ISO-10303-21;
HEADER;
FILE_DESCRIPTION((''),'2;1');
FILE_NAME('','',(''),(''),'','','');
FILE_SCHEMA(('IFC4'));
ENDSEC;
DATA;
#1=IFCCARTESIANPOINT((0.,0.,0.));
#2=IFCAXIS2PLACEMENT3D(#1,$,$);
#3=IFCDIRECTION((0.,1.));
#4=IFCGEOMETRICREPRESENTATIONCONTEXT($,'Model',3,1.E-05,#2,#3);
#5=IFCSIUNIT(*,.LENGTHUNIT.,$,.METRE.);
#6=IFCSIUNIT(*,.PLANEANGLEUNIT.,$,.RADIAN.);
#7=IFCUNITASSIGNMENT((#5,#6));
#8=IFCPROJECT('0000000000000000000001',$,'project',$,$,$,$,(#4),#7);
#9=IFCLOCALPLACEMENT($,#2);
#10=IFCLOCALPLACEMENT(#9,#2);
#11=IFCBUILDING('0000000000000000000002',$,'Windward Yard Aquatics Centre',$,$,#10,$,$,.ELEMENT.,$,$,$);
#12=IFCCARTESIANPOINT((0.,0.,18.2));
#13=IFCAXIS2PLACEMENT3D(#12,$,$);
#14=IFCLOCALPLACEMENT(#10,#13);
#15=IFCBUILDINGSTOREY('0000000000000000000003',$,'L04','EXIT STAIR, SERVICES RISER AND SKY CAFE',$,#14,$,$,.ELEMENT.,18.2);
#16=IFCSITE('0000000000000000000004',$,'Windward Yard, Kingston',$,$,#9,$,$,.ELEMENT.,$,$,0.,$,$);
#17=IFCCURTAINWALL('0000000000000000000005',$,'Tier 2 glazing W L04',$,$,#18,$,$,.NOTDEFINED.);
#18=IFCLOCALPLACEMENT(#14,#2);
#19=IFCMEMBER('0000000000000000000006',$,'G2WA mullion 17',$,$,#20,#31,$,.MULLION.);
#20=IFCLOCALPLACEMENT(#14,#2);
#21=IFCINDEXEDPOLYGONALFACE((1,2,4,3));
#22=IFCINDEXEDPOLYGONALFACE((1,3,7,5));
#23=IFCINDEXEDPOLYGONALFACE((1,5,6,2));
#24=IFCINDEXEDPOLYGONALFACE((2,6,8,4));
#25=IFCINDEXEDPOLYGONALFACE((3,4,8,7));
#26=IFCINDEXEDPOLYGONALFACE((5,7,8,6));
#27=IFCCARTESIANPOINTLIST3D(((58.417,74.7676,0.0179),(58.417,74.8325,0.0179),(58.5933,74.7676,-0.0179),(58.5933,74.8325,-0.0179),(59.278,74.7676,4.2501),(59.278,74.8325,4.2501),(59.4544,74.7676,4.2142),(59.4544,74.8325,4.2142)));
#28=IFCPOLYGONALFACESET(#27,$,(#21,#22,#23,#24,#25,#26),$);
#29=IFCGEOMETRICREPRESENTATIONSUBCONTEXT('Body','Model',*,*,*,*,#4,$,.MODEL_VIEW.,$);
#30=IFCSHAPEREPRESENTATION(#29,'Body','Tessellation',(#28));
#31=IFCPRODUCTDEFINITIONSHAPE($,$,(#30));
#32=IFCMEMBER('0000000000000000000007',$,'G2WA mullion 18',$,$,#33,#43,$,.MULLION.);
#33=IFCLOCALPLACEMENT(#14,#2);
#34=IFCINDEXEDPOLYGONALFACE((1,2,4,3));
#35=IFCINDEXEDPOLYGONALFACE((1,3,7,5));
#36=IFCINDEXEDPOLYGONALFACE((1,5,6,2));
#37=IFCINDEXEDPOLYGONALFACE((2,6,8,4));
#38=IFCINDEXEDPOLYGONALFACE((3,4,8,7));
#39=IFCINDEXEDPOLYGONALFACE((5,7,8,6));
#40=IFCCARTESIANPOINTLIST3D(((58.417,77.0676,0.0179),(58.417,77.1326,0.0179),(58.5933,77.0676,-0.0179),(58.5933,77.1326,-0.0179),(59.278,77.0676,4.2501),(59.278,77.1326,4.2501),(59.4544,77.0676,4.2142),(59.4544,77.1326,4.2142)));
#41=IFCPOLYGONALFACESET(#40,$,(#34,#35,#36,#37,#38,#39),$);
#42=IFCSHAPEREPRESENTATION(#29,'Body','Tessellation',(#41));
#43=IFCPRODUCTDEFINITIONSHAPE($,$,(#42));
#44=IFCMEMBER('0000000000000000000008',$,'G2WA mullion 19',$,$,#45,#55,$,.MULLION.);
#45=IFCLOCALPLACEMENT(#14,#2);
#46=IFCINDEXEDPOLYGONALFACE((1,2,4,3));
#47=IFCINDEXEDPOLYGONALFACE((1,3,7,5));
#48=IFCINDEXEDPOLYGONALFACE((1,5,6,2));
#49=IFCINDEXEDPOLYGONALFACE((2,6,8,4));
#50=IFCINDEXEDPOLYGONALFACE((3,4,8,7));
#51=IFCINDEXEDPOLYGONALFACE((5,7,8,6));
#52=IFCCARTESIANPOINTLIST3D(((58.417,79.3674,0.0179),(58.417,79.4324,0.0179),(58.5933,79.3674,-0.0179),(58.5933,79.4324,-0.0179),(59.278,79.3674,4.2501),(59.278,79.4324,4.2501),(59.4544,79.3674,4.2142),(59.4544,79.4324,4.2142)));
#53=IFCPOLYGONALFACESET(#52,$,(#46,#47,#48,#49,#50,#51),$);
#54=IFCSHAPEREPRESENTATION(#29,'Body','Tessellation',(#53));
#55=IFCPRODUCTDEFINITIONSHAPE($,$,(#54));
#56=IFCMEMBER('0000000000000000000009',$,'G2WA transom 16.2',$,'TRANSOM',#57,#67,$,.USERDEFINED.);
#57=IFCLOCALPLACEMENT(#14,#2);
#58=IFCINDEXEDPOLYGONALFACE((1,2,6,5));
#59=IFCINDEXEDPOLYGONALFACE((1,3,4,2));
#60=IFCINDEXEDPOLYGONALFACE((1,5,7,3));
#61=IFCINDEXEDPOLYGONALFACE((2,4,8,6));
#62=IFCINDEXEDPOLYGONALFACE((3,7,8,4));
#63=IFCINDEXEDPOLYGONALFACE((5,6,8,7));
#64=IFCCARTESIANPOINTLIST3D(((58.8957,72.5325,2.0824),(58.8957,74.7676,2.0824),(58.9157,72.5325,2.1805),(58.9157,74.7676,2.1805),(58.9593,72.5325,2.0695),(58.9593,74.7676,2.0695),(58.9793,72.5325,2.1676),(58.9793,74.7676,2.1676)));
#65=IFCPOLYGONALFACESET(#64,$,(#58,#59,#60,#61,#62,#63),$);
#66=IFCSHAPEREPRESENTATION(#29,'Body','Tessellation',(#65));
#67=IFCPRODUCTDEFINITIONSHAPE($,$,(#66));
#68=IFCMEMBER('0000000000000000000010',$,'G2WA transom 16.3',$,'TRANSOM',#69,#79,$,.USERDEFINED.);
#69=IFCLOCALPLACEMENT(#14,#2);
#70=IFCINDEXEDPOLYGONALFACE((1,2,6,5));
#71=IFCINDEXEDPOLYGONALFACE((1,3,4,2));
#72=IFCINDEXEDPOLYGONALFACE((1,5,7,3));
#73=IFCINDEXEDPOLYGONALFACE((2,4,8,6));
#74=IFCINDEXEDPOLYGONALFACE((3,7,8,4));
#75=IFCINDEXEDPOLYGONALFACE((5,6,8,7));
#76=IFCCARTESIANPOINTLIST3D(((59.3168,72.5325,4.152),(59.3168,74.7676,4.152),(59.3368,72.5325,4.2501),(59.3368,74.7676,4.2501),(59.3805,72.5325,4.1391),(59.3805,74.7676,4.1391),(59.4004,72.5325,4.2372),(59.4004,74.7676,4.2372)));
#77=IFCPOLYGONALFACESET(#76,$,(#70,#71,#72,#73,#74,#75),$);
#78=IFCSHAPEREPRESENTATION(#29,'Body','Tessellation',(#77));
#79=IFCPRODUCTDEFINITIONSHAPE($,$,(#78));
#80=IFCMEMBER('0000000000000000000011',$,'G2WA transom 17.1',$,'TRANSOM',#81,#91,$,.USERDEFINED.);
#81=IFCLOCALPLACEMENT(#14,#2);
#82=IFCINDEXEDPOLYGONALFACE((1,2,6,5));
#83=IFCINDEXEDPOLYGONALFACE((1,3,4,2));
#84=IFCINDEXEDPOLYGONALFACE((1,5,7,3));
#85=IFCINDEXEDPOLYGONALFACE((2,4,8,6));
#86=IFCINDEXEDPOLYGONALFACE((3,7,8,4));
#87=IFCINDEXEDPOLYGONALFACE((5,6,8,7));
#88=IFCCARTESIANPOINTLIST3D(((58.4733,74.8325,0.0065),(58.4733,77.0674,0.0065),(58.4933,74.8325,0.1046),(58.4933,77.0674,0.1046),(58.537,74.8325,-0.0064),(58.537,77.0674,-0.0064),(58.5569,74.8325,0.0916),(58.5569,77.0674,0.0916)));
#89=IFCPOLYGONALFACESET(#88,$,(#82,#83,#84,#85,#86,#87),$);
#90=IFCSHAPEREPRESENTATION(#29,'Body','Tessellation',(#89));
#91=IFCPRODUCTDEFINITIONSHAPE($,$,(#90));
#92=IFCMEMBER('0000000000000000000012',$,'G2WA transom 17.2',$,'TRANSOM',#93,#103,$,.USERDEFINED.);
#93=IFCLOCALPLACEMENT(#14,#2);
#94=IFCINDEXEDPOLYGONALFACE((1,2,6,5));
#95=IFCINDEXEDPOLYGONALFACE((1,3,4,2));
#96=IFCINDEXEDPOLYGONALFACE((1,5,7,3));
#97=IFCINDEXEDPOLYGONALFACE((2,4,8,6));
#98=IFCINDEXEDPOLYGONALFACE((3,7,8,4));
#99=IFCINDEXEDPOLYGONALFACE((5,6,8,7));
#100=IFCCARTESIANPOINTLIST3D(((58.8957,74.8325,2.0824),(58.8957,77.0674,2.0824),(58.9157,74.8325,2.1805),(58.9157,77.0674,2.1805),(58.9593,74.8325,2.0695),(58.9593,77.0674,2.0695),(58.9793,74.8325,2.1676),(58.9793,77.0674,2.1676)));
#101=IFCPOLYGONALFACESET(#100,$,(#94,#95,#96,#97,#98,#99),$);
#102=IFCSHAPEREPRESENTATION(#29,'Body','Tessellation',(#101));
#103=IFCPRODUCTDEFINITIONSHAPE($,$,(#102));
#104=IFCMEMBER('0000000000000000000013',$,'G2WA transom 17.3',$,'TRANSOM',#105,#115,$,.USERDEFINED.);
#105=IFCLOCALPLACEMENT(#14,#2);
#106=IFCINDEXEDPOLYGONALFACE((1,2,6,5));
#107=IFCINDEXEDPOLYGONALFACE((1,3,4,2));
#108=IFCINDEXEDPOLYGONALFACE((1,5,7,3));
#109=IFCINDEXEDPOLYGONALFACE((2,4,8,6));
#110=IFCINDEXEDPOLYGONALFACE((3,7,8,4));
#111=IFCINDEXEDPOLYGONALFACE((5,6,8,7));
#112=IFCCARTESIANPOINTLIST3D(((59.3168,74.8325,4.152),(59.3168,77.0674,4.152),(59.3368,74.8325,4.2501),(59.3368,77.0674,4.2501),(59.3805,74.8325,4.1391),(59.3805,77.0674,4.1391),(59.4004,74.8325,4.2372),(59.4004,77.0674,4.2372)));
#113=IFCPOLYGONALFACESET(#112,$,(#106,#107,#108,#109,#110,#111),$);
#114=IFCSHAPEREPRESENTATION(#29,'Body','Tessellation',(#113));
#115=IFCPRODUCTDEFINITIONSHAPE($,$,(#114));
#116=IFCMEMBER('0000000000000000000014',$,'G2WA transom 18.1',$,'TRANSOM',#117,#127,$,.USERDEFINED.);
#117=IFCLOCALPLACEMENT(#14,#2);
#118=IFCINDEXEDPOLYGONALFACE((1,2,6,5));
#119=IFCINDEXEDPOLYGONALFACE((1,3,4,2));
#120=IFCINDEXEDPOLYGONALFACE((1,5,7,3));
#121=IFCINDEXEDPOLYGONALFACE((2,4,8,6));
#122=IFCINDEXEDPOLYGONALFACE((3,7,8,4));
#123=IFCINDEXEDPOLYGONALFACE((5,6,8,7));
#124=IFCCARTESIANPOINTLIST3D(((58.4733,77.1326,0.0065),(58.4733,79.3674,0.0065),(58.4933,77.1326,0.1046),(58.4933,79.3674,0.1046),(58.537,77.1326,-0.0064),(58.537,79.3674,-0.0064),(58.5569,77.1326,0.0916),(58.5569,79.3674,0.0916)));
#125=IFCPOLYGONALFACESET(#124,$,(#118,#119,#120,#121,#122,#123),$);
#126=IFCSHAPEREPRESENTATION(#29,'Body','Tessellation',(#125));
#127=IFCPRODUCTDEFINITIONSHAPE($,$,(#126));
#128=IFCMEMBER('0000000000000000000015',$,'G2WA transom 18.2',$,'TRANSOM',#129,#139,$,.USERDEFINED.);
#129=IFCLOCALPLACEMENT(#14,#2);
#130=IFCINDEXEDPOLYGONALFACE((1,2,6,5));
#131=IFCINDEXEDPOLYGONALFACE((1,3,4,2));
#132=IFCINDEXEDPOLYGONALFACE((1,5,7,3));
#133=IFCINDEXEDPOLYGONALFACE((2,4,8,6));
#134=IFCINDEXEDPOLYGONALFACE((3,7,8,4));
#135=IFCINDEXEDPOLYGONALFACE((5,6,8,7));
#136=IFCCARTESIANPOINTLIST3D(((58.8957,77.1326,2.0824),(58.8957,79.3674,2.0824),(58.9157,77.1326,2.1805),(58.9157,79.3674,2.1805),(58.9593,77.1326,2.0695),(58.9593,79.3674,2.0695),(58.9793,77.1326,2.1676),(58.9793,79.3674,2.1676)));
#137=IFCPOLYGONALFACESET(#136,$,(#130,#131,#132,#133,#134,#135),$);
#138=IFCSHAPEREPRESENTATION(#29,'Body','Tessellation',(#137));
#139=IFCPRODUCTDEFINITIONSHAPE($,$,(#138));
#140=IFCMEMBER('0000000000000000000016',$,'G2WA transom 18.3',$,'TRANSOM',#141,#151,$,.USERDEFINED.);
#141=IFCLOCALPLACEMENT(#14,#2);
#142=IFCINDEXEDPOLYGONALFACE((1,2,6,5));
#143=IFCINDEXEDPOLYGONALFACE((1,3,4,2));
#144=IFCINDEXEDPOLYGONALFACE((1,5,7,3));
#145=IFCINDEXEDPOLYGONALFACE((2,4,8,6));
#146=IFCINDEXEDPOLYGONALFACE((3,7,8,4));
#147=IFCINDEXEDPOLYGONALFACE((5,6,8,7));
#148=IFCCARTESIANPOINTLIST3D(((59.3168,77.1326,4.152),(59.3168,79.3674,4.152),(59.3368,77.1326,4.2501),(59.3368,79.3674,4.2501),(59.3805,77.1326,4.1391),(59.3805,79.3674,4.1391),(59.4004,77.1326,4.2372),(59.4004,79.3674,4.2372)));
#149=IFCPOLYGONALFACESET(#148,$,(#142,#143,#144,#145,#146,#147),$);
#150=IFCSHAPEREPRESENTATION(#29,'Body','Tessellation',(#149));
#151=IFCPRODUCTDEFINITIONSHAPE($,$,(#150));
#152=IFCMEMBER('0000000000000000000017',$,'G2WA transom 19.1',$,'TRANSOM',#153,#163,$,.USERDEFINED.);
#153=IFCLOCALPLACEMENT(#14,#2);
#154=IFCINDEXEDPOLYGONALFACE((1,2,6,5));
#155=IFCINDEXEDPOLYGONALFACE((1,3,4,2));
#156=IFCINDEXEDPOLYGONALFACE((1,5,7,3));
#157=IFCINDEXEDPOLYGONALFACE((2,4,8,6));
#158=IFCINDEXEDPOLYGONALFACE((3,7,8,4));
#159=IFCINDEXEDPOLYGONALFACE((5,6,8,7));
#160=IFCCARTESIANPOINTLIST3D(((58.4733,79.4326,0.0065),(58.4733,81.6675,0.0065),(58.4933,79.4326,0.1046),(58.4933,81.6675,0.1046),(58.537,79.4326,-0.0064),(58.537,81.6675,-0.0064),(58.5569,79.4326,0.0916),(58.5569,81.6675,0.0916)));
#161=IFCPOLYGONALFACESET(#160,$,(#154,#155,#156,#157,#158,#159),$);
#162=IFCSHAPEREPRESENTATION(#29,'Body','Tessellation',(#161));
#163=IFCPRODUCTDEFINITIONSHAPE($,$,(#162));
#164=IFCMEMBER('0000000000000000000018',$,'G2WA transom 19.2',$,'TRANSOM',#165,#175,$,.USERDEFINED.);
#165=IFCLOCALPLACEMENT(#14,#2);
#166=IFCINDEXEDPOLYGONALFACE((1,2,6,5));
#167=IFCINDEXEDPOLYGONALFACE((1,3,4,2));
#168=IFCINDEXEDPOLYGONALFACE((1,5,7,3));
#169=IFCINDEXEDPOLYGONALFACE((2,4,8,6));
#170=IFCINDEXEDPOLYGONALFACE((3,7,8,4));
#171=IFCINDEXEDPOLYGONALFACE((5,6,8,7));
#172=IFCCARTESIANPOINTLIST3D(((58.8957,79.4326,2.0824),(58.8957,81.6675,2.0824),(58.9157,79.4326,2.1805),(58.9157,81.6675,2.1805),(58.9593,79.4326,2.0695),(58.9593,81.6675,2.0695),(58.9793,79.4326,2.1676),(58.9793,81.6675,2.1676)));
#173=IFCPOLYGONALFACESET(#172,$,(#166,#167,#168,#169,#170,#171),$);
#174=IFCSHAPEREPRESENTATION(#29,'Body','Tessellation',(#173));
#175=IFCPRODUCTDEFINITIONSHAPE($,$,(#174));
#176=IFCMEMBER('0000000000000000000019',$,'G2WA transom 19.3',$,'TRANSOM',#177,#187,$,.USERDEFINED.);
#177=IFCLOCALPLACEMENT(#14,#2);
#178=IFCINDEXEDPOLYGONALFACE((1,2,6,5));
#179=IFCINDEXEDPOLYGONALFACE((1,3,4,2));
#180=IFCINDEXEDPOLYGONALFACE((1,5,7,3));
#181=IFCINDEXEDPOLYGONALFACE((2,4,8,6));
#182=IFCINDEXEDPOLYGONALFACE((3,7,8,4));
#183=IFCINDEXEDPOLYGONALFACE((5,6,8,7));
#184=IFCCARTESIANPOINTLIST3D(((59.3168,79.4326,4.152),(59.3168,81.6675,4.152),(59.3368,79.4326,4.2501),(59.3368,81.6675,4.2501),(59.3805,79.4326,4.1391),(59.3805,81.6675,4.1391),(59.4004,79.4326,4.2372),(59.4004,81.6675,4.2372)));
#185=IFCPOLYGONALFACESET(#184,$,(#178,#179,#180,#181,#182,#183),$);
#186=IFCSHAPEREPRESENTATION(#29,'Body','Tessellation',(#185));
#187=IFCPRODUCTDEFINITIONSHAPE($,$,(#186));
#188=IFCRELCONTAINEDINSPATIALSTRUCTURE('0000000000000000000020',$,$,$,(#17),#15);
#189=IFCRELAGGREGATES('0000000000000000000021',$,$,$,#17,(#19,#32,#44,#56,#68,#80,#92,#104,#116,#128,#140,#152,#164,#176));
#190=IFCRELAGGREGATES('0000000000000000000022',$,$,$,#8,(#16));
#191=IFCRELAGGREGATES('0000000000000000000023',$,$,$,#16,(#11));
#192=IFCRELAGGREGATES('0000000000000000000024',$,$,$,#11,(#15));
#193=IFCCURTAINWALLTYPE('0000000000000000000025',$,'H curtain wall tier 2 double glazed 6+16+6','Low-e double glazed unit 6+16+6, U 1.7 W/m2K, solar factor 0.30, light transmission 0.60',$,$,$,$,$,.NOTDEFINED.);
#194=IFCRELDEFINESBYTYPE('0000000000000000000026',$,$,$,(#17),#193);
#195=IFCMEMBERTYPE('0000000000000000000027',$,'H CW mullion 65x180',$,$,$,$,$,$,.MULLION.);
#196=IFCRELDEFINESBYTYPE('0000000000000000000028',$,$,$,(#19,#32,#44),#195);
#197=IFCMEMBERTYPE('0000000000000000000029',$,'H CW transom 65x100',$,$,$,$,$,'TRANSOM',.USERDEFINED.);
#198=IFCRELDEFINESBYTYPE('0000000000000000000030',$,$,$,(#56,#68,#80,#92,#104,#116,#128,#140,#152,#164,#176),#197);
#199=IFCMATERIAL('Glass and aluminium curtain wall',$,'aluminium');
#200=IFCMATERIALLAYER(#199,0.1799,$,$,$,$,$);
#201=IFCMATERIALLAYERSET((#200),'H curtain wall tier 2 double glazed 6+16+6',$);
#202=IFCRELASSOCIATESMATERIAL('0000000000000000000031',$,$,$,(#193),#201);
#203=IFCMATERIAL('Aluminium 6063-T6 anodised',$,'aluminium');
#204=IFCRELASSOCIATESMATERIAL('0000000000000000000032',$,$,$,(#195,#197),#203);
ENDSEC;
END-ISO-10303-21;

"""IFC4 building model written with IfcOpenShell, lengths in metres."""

from ifc_helpers import new_model, si_unit, direction, frame, origin, origin_2d, place, context, subcontext, project, spatial, rectangle, extrude, material, layer, layer_set, material_profile, profile_set, type_object, element, aggregate, save


model = new_model("IFC4")

# Units and contexts
model_context = context("Model", 3, precision=1e-05, world=origin(), true_north=direction((0.0, 1.0)))
body_context = subcontext(model_context, "Body", "Model", "MODEL_VIEW")
ifc_project = project(units=[si_unit("LENGTHUNIT", "METRE"), si_unit("PLANEANGLEUNIT", "RADIAN")], contexts=[model_context])

# Site, building, storey
site_placement = place(None, origin())
site = spatial("IfcSite", under=ifc_project, at=site_placement, Name="Windward Yard, Kingston", CompositionType="ELEMENT", RefElevation=0.0)
building_placement = place(site_placement, origin())
building = spatial("IfcBuilding", under=site, at=building_placement, Name="Windward Yard Aquatics Centre", CompositionType="ELEMENT")
storey_placement = place(building_placement, frame((0.0, 0.0, 18.2)))
storey = spatial("IfcBuildingStorey", under=building, at=storey_placement, Name="L04", Description="EXIT STAIR, SERVICES RISER AND SKY CAFE", CompositionType="ELEMENT", Elevation=18.2)

# Curtain wall, members
ifc_material_1 = material(Name="Glass and aluminium curtain wall", Category="aluminium")
ifc_layer_1 = layer(ifc_material_1, 0.1799)
ifc_layer_set_1 = layer_set([ifc_layer_1], Name="H curtain wall tier 2 double glazed 6+16+6")
curtain_wall_type = type_object("IfcCurtainWallType", Name="H curtain wall tier 2 double glazed 6+16+6", Description="Low-e double glazed unit 6+16+6, U 1.7 W/m2K, solar factor 0.30, light transmission 0.60", PredefinedType="NOTDEFINED", material=ifc_layer_set_1)
curtain_wall_placement = place(storey_placement, origin())
curtain_wall = element("IfcCurtainWall", 1, at=curtain_wall_placement, inside=storey, type_object=curtain_wall_type, Name="Tier 2 glazing W L04", PredefinedType="NOTDEFINED")
ifc_material_2 = material(Name="Aluminium 6063-T6 anodised", Category="aluminium")
ifc_material_profile_1 = material_profile(ifc_material_2, rectangle(XDim=0.0649, YDim=0.1799, at=origin_2d()), Name="H CW mullion 65x180")
ifc_profile_set_1 = profile_set([ifc_material_profile_1], Name="Aluminium 6063-T6 anodised")
member_type_1 = type_object("IfcMemberType", Name="H CW mullion 65x180", PredefinedType="MULLION", material=ifc_profile_set_1)
member_1_placement = place(storey_placement, frame((58.5051, 74.8, 0.0), z_axis=(0.199376, 0.0, 0.979923), x_axis=(0.0, 1.0, 0.0)))
member_1 = element("IfcMember", 2, at=member_1_placement, type_object=member_type_1, Name="G2WA mullion 17", PredefinedType="MULLION", context=body_context, shape_type="SweptSolid", body=[
    extrude(rectangle(XDim=0.0649, YDim=0.1799, at=origin_2d()), origin(), (0.0, 0.0, 1.0), 4.3188),
])
member_2_placement = place(storey_placement, frame((58.5051, 77.1001, 0.0), z_axis=(0.199376, 0.0, 0.979923), x_axis=(0.0, 1.0, 0.0)))
member_2 = element("IfcMember", 3, at=member_2_placement, type_object=member_type_1, Name="G2WA mullion 18", PredefinedType="MULLION", context=body_context, shape_type="SweptSolid", body=[
    extrude(rectangle(XDim=0.0649, YDim=0.1799, at=origin_2d()), origin(), (0.0, 0.0, 1.0), 4.3188),
])
member_3_placement = place(storey_placement, frame((58.5051, 79.3999, 0.0), z_axis=(0.199376, 0.0, 0.979923), x_axis=(0.0, 1.0, 0.0)))
member_3 = element("IfcMember", 4, at=member_3_placement, type_object=member_type_1, Name="G2WA mullion 19", PredefinedType="MULLION", context=body_context, shape_type="SweptSolid", body=[
    extrude(rectangle(XDim=0.0649, YDim=0.1799, at=origin_2d()), origin(), (0.0, 0.0, 1.0), 4.3188),
])
ifc_material_profile_2 = material_profile(ifc_material_2, rectangle(XDim=0.0649, YDim=0.1001, at=origin_2d()), Name="H CW transom 65x100")
ifc_profile_set_2 = profile_set([ifc_material_profile_2], Name="Aluminium 6063-T6 anodised")
member_type_2 = type_object("IfcMemberType", Name="H CW transom 65x100", ElementType="TRANSOM", PredefinedType="USERDEFINED", material=ifc_profile_set_2)
member_4_placement = place(storey_placement, frame((58.9375, 72.5325, 2.125), z_axis=(0.0, 1.0, 0.0), x_axis=(-0.979925, 0.0, 0.199368)))
member_4 = element("IfcMember", 5, at=member_4_placement, type_object=member_type_2, Name="G2WA transom 16.2", ObjectType="TRANSOM", PredefinedType="USERDEFINED", context=body_context, shape_type="SweptSolid", body=[
    extrude(rectangle(XDim=0.0649, YDim=0.1001, at=origin_2d()), origin(), (0.0, 0.0, 1.0), 2.2351),
])
member_5_placement = place(storey_placement, frame((59.3586, 72.5325, 4.1946), z_axis=(0.0, 1.0, 0.0), x_axis=(-0.979925, 0.0, 0.199368)))
member_5 = element("IfcMember", 6, at=member_5_placement, type_object=member_type_2, Name="G2WA transom 16.3", ObjectType="TRANSOM", PredefinedType="USERDEFINED", context=body_context, shape_type="SweptSolid", body=[
    extrude(rectangle(XDim=0.0649, YDim=0.1001, at=origin_2d()), origin(), (0.0, 0.0, 1.0), 2.2351),
])
member_6_placement = place(storey_placement, frame((58.5151, 74.8325, 0.0491), z_axis=(0.0, 1.0, 0.0), x_axis=(-0.979925, 0.0, 0.199368)))
member_6 = element("IfcMember", 7, at=member_6_placement, type_object=member_type_2, Name="G2WA transom 17.1", ObjectType="TRANSOM", PredefinedType="USERDEFINED", context=body_context, shape_type="SweptSolid", body=[
    extrude(rectangle(XDim=0.0649, YDim=0.1001, at=origin_2d()), origin(), (0.0, 0.0, 1.0), 2.2349),
])
member_7_placement = place(storey_placement, frame((58.9375, 74.8325, 2.125), z_axis=(0.0, 1.0, 0.0), x_axis=(-0.979925, 0.0, 0.199368)))
member_7 = element("IfcMember", 8, at=member_7_placement, type_object=member_type_2, Name="G2WA transom 17.2", ObjectType="TRANSOM", PredefinedType="USERDEFINED", context=body_context, shape_type="SweptSolid", body=[
    extrude(rectangle(XDim=0.0649, YDim=0.1001, at=origin_2d()), origin(), (0.0, 0.0, 1.0), 2.2349),
])
member_8_placement = place(storey_placement, frame((59.3586, 74.8325, 4.1946), z_axis=(0.0, 1.0, 0.0), x_axis=(-0.979925, 0.0, 0.199368)))
member_8 = element("IfcMember", 9, at=member_8_placement, type_object=member_type_2, Name="G2WA transom 17.3", ObjectType="TRANSOM", PredefinedType="USERDEFINED", context=body_context, shape_type="SweptSolid", body=[
    extrude(rectangle(XDim=0.0649, YDim=0.1001, at=origin_2d()), origin(), (0.0, 0.0, 1.0), 2.2349),
])
member_9_placement = place(storey_placement, frame((58.5151, 77.1326, 0.0491), z_axis=(0.0, 1.0, 0.0), x_axis=(-0.979925, 0.0, 0.199368)))
member_9 = element("IfcMember", 10, at=member_9_placement, type_object=member_type_2, Name="G2WA transom 18.1", ObjectType="TRANSOM", PredefinedType="USERDEFINED", context=body_context, shape_type="SweptSolid", body=[
    extrude(rectangle(XDim=0.0649, YDim=0.1001, at=origin_2d()), origin(), (0.0, 0.0, 1.0), 2.2349),
])
member_10_placement = place(storey_placement, frame((58.9375, 77.1326, 2.125), z_axis=(0.0, 1.0, 0.0), x_axis=(-0.979925, 0.0, 0.199368)))
member_10 = element("IfcMember", 11, at=member_10_placement, type_object=member_type_2, Name="G2WA transom 18.2", ObjectType="TRANSOM", PredefinedType="USERDEFINED", context=body_context, shape_type="SweptSolid", body=[
    extrude(rectangle(XDim=0.0649, YDim=0.1001, at=origin_2d()), origin(), (0.0, 0.0, 1.0), 2.2349),
])
member_11_placement = place(storey_placement, frame((59.3586, 77.1326, 4.1946), z_axis=(0.0, 1.0, 0.0), x_axis=(-0.979925, 0.0, 0.199368)))
member_11 = element("IfcMember", 12, at=member_11_placement, type_object=member_type_2, Name="G2WA transom 18.3", ObjectType="TRANSOM", PredefinedType="USERDEFINED", context=body_context, shape_type="SweptSolid", body=[
    extrude(rectangle(XDim=0.0649, YDim=0.1001, at=origin_2d()), origin(), (0.0, 0.0, 1.0), 2.2349),
])
member_12_placement = place(storey_placement, frame((58.5151, 79.4326, 0.0491), z_axis=(0.0, 1.0, 0.0), x_axis=(-0.979925, 0.0, 0.199368)))
member_12 = element("IfcMember", 13, at=member_12_placement, type_object=member_type_2, Name="G2WA transom 19.1", ObjectType="TRANSOM", PredefinedType="USERDEFINED", context=body_context, shape_type="SweptSolid", body=[
    extrude(rectangle(XDim=0.0649, YDim=0.1001, at=origin_2d()), origin(), (0.0, 0.0, 1.0), 2.2349),
])
member_13_placement = place(storey_placement, frame((58.9375, 79.4326, 2.125), z_axis=(0.0, 1.0, 0.0), x_axis=(-0.979925, 0.0, 0.199368)))
member_13 = element("IfcMember", 14, at=member_13_placement, type_object=member_type_2, Name="G2WA transom 19.2", ObjectType="TRANSOM", PredefinedType="USERDEFINED", context=body_context, shape_type="SweptSolid", body=[
    extrude(rectangle(XDim=0.0649, YDim=0.1001, at=origin_2d()), origin(), (0.0, 0.0, 1.0), 2.2349),
])
member_14_placement = place(storey_placement, frame((59.3586, 79.4326, 4.1946), z_axis=(0.0, 1.0, 0.0), x_axis=(-0.979925, 0.0, 0.199368)))
member_14 = element("IfcMember", 15, at=member_14_placement, type_object=member_type_2, Name="G2WA transom 19.3", ObjectType="TRANSOM", PredefinedType="USERDEFINED", context=body_context, shape_type="SweptSolid", body=[
    extrude(rectangle(XDim=0.0649, YDim=0.1001, at=origin_2d()), origin(), (0.0, 0.0, 1.0), 2.2349),
])

aggregate(curtain_wall, [member_1, member_2, member_3, member_4, member_5, member_6, member_7, member_8, member_9, member_10, member_11, member_12, member_13, member_14])

save(model, "model.ifc")
